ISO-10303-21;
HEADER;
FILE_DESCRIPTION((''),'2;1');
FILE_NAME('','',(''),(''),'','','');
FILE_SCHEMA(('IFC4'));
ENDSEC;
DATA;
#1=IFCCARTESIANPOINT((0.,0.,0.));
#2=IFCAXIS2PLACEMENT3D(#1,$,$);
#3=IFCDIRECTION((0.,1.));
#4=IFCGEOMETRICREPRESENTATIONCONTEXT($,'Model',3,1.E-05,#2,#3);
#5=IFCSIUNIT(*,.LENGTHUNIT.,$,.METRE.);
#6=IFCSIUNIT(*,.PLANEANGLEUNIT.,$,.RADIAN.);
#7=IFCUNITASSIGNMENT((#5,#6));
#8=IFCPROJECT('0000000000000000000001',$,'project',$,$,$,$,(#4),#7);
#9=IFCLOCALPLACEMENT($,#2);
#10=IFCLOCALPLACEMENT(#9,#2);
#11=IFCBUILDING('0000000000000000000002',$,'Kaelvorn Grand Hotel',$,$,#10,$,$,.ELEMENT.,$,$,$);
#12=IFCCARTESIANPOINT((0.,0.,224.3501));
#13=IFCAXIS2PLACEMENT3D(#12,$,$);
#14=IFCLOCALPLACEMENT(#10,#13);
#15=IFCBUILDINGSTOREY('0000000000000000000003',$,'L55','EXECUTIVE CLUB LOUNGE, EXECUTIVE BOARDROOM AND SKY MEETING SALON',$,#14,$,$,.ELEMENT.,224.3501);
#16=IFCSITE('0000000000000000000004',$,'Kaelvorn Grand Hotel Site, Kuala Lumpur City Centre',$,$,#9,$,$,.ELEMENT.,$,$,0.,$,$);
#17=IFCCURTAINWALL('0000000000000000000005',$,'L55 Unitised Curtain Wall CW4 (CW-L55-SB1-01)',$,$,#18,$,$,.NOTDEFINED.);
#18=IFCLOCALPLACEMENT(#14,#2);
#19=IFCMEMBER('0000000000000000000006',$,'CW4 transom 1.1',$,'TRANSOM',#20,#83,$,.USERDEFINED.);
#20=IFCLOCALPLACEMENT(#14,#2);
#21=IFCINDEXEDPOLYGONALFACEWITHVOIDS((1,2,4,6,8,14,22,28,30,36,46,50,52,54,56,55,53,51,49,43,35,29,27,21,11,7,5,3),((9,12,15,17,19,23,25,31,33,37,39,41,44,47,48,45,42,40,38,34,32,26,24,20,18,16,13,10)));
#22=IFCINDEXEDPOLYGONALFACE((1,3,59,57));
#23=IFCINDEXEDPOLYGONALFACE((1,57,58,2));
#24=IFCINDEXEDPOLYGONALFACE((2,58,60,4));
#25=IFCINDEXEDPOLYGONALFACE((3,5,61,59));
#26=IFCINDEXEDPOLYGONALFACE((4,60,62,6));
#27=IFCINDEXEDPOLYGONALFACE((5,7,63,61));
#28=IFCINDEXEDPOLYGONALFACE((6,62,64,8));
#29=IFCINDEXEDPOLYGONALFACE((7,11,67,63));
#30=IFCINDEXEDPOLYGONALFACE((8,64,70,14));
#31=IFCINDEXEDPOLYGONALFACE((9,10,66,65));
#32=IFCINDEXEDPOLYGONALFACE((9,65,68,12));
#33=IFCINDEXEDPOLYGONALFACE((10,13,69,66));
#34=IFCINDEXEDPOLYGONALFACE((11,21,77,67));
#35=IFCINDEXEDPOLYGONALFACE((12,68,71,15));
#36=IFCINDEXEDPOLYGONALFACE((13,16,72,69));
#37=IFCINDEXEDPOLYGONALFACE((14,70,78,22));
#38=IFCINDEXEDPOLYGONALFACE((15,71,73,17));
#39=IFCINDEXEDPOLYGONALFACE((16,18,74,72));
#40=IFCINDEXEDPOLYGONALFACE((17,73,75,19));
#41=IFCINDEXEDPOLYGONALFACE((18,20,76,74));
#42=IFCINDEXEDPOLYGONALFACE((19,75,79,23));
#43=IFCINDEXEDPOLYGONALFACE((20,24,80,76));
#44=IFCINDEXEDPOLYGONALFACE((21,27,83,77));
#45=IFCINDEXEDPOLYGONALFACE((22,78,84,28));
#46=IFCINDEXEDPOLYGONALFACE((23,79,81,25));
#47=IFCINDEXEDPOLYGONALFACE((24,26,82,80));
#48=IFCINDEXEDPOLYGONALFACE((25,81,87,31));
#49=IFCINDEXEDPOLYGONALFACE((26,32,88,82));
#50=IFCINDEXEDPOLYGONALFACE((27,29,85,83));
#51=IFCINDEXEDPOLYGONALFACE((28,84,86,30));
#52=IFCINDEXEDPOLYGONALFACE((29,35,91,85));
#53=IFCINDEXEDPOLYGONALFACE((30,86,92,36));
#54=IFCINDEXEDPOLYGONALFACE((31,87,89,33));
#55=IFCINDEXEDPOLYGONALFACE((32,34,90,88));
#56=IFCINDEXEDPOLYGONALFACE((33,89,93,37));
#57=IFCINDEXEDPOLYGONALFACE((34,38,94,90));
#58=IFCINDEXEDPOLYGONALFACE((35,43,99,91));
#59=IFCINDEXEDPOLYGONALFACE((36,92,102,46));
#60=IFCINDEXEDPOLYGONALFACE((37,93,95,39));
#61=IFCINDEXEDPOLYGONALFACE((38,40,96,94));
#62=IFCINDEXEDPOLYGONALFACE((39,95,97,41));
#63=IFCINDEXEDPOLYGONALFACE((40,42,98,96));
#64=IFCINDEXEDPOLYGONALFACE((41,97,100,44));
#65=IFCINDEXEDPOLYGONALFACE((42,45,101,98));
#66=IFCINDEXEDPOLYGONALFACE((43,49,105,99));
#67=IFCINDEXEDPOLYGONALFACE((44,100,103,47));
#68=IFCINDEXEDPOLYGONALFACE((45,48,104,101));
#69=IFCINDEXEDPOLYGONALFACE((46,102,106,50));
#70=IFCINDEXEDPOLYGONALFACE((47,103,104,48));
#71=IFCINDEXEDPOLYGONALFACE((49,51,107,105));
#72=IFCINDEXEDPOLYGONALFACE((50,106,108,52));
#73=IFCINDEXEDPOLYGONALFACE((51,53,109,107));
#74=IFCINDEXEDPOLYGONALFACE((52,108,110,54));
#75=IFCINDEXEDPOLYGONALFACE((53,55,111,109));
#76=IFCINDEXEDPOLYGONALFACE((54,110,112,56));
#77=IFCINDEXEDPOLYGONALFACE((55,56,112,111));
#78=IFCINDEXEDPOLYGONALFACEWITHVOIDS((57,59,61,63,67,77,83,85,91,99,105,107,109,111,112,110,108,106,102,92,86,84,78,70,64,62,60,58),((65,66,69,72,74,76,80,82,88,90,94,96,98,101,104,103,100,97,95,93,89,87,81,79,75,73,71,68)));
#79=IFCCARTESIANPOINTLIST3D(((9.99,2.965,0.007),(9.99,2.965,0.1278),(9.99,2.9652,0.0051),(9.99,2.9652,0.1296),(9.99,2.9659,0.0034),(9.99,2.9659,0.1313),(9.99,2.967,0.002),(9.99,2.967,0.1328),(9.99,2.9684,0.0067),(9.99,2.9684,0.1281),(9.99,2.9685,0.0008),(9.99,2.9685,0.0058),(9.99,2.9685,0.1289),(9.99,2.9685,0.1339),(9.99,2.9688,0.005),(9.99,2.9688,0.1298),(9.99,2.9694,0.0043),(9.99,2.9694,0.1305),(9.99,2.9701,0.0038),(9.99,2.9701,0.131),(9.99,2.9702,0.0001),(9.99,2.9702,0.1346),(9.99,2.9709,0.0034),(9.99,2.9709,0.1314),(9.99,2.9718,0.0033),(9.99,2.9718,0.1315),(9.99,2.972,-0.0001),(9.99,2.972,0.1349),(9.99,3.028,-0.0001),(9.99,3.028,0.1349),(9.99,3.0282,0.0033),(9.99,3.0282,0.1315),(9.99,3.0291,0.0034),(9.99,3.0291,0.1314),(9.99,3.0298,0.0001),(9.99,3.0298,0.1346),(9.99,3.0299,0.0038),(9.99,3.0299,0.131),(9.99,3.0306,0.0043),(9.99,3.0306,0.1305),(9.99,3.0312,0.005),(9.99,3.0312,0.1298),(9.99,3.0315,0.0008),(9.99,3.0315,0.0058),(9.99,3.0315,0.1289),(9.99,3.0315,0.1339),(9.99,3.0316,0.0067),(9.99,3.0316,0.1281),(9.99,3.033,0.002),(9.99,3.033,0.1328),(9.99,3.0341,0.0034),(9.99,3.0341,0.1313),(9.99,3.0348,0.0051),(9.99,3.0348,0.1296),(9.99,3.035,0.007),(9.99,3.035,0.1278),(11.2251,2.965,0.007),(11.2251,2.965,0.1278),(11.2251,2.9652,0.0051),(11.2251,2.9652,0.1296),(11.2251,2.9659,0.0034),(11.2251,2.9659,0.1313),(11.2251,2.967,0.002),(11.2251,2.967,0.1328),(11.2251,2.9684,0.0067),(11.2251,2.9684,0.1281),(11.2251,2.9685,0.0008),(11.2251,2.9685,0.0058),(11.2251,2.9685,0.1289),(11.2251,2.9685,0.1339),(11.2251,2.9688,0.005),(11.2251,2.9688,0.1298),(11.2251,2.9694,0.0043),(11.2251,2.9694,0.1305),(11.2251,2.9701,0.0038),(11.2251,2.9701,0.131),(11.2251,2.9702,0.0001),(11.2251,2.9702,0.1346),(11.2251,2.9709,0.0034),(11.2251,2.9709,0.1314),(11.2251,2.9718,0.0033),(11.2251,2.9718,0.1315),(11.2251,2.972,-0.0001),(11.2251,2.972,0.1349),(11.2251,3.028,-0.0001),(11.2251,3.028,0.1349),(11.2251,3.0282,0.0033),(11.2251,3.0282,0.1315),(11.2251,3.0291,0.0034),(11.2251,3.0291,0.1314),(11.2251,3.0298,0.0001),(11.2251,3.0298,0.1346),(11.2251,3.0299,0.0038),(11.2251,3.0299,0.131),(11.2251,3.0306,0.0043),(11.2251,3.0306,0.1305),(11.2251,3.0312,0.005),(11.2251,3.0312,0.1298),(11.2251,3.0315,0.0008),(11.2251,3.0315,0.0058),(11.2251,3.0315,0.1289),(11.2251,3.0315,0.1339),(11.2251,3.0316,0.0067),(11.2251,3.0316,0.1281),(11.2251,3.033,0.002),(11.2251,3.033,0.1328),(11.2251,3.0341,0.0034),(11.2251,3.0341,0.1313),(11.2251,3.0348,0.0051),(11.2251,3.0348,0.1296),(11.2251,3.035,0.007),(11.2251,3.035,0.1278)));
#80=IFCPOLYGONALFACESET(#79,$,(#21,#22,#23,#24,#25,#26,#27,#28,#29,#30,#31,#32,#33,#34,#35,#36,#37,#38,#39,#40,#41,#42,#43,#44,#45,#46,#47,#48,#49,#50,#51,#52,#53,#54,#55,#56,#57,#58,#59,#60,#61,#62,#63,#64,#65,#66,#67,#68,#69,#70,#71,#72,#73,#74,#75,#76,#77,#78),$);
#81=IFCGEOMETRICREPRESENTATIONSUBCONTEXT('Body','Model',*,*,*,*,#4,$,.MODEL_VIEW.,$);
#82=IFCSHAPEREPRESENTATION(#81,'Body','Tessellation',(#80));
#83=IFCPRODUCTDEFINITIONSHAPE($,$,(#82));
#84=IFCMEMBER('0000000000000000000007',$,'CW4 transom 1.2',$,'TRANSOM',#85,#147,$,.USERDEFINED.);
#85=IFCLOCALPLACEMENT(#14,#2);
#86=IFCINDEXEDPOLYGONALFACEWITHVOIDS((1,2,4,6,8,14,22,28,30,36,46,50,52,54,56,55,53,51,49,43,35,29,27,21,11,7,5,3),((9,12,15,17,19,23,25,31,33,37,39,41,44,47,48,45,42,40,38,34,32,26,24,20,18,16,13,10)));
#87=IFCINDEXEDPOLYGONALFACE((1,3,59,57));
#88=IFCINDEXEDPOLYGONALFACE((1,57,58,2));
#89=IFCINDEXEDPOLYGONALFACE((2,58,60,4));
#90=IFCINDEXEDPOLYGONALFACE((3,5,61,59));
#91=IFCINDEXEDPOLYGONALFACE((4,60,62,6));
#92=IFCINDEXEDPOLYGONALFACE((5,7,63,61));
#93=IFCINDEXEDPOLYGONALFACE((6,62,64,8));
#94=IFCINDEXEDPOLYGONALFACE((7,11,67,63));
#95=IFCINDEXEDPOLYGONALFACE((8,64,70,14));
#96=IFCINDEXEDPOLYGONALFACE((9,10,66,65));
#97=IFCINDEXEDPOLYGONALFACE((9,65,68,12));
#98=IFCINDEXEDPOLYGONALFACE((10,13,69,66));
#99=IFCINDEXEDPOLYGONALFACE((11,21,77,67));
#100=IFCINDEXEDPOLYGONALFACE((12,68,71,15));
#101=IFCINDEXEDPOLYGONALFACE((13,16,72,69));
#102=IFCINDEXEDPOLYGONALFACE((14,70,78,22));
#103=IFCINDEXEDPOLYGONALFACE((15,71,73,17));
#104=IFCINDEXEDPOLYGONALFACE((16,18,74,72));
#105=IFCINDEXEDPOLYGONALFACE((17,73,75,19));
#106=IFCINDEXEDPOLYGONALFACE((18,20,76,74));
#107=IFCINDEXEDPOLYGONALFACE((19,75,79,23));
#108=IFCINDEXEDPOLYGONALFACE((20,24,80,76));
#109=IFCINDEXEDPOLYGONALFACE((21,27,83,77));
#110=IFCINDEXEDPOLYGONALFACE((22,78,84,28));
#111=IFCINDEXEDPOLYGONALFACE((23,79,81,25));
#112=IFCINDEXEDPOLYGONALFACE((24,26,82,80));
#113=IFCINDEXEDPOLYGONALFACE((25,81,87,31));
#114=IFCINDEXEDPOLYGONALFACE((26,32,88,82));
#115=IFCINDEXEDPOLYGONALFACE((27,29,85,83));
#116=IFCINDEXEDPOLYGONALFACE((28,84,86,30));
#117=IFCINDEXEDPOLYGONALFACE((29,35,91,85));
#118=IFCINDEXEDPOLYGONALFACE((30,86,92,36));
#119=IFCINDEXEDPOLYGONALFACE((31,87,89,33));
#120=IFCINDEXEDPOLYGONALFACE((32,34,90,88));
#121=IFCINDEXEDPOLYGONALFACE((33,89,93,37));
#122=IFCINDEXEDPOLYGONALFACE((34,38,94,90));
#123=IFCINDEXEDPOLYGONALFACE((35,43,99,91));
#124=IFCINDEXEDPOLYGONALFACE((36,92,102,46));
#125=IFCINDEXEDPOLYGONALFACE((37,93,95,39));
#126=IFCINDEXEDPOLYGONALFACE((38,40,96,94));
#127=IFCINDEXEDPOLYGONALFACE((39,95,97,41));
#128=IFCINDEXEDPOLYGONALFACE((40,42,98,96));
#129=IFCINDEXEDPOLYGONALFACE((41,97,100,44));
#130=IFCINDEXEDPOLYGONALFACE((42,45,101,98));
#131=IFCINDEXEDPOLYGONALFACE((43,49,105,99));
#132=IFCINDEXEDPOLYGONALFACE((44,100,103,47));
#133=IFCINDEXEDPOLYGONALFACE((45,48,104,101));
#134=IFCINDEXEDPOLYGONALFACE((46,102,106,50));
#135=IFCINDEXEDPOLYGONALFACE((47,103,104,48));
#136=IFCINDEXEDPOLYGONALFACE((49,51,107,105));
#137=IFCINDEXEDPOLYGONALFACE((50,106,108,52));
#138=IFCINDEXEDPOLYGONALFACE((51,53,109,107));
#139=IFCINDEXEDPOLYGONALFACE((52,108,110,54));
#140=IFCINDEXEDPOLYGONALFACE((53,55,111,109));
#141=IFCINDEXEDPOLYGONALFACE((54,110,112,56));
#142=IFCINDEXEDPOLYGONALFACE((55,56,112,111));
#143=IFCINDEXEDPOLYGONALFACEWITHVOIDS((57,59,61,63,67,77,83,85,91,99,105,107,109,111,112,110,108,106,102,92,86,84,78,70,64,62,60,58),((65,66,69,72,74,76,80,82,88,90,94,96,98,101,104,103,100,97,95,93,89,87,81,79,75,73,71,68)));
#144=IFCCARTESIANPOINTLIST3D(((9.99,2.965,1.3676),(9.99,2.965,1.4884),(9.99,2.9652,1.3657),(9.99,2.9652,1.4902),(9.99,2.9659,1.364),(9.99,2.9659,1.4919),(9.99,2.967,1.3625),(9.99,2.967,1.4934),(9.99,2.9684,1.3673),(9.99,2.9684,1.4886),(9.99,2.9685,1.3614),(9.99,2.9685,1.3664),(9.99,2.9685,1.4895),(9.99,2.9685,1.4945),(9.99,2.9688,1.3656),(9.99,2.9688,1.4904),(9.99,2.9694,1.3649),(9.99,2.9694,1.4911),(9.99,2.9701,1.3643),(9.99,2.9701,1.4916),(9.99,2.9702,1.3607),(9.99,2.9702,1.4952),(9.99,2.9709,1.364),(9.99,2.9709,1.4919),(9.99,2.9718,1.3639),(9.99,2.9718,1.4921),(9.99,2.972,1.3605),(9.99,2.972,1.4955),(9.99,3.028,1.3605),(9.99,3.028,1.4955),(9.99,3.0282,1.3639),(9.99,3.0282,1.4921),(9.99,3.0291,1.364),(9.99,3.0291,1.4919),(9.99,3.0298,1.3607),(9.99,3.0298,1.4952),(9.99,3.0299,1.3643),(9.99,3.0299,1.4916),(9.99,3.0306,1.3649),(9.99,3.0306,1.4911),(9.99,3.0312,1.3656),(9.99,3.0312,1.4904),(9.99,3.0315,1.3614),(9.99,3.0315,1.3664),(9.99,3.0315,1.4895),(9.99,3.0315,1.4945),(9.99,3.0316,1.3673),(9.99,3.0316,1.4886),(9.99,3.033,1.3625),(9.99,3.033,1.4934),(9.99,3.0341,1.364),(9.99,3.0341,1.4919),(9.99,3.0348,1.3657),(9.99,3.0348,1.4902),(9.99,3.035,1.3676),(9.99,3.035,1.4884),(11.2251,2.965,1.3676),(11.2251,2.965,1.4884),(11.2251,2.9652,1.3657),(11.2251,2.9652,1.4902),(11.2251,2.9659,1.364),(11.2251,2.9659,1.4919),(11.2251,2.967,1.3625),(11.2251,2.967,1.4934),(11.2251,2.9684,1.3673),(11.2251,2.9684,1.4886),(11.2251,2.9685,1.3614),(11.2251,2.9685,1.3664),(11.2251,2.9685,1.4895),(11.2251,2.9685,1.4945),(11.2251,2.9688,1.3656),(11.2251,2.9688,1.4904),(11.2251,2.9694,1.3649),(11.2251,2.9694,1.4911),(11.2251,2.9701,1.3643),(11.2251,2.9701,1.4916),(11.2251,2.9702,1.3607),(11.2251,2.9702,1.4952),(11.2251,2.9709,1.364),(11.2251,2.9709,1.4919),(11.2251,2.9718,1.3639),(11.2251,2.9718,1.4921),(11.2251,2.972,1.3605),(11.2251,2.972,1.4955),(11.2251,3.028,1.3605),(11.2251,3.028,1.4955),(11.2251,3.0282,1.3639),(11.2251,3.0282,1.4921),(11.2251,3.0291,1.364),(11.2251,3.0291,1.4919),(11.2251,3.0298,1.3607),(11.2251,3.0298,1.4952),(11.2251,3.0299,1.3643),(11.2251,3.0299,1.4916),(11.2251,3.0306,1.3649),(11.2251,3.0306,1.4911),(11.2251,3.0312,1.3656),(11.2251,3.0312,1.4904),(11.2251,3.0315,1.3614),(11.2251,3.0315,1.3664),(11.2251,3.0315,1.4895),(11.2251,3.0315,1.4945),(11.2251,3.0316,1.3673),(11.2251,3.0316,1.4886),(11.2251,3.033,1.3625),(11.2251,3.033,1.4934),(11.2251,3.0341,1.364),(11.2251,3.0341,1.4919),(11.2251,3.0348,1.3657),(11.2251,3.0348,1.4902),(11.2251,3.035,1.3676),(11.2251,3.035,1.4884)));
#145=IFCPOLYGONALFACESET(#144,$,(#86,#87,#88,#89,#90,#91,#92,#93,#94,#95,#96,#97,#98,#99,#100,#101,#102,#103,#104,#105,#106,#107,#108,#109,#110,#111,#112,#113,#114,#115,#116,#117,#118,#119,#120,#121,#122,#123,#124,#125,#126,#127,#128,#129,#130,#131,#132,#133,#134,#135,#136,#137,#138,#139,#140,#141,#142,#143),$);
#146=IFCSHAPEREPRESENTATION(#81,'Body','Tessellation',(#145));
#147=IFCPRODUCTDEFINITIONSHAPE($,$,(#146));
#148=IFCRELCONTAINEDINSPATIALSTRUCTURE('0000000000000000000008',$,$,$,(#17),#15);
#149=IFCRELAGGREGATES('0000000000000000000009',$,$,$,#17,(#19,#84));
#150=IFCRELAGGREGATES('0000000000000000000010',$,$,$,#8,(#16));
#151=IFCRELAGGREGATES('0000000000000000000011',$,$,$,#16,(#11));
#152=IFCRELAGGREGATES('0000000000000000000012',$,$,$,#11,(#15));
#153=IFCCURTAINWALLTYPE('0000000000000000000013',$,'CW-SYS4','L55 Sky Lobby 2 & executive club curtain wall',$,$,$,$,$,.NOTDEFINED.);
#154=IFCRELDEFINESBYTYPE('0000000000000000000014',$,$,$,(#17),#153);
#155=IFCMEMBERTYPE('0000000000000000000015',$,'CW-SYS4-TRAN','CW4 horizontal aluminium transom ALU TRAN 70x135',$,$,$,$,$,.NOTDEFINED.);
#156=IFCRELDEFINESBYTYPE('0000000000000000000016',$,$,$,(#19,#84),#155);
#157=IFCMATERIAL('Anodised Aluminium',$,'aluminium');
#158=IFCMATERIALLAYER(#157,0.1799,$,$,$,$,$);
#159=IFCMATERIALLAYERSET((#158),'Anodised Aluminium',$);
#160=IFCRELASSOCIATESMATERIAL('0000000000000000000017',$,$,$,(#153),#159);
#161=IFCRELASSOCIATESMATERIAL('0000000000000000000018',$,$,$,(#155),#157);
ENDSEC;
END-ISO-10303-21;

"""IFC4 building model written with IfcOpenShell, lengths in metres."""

from ifc_helpers import new_model, si_unit, direction, frame, origin, origin_2d, place, context, subcontext, project, spatial, hollow_rectangle, extrude, material, layer, layer_set, material_profile, profile_set, type_object, element, aggregate, save


model = new_model("IFC4")

# Units and contexts
model_context = context("Model", 3, precision=1e-05, world=origin(), true_north=direction((0.0, 1.0)))
body_context = subcontext(model_context, "Body", "Model", "MODEL_VIEW")
ifc_project = project(units=[si_unit("LENGTHUNIT", "METRE"), si_unit("PLANEANGLEUNIT", "RADIAN")], contexts=[model_context])

# Site, building, storey
site_placement = place(None, origin())
site = spatial("IfcSite", under=ifc_project, at=site_placement, Name="Kaelvorn Grand Hotel Site, Kuala Lumpur City Centre", CompositionType="ELEMENT", RefElevation=0.0)
building_placement = place(site_placement, origin())
building = spatial("IfcBuilding", under=site, at=building_placement, Name="Kaelvorn Grand Hotel", CompositionType="ELEMENT")
storey_placement = place(building_placement, frame((0.0, 0.0, 224.3501)))
storey = spatial("IfcBuildingStorey", under=building, at=storey_placement, Name="L55", Description="EXECUTIVE CLUB LOUNGE, EXECUTIVE BOARDROOM AND SKY MEETING SALON", CompositionType="ELEMENT", Elevation=224.3501)

# Curtain wall, members
ifc_material_1 = material(Name="Anodised Aluminium", Category="aluminium")
ifc_layer_1 = layer(ifc_material_1, 0.1799)
ifc_layer_set_1 = layer_set([ifc_layer_1], Name="Anodised Aluminium")
curtain_wall_type = type_object("IfcCurtainWallType", Name="CW-SYS4", Description="L55 Sky Lobby 2 & executive club curtain wall", PredefinedType="NOTDEFINED", material=ifc_layer_set_1)
curtain_wall_placement = place(storey_placement, origin())
curtain_wall = element("IfcCurtainWall", 1, at=curtain_wall_placement, inside=storey, type_object=curtain_wall_type, Name="L55 Unitised Curtain Wall CW4 (CW-L55-SB1-01)", PredefinedType="NOTDEFINED")
ifc_material_profile_1 = material_profile(ifc_material_1, hollow_rectangle(XDim=0.0701, YDim=0.135, WallThickness=0.0034, InnerFilletRadius=0.0034, OuterFilletRadius=0.0071, at=origin_2d()), Name="ALU TRAN 70x135")
ifc_profile_set_1 = profile_set([ifc_material_profile_1], Name="Anodised Aluminium")
member_type_1 = type_object("IfcMemberType", Name="CW-SYS4-TRAN", Description="CW4 horizontal aluminium transom ALU TRAN 70x135", PredefinedType="NOTDEFINED", material=ifc_profile_set_1)
member_1_placement = place(storey_placement, frame((9.99, 3.0, 0.0674), z_axis=(1.0, 0.0, 0.0), x_axis=(0.0, 1.0, 0.0)))
member_1 = element("IfcMember", 2, at=member_1_placement, type_object=member_type_1, Name="CW4 transom 1.1", ObjectType="TRANSOM", PredefinedType="USERDEFINED", context=body_context, shape_type="SweptSolid", body=[
    extrude(hollow_rectangle(XDim=0.0701, YDim=0.135, WallThickness=0.0034, InnerFilletRadius=0.0034, OuterFilletRadius=0.0071, at=origin_2d()), origin(), (0.0, 0.0, 1.0), 1.2351),
])
member_2_placement = place(storey_placement, frame((9.99, 3.0, 1.428), z_axis=(1.0, 0.0, 0.0), x_axis=(0.0, 1.0, 0.0)))
member_2 = element("IfcMember", 3, at=member_2_placement, type_object=member_type_1, Name="CW4 transom 1.2", ObjectType="TRANSOM", PredefinedType="USERDEFINED", context=body_context, shape_type="SweptSolid", body=[
    extrude(hollow_rectangle(XDim=0.0701, YDim=0.135, WallThickness=0.0034, InnerFilletRadius=0.0034, OuterFilletRadius=0.0071, at=origin_2d()), origin(), (0.0, 0.0, 1.0), 1.2351),
])
aggregate(curtain_wall, [member_1, member_2])

save(model, "model.ifc")
